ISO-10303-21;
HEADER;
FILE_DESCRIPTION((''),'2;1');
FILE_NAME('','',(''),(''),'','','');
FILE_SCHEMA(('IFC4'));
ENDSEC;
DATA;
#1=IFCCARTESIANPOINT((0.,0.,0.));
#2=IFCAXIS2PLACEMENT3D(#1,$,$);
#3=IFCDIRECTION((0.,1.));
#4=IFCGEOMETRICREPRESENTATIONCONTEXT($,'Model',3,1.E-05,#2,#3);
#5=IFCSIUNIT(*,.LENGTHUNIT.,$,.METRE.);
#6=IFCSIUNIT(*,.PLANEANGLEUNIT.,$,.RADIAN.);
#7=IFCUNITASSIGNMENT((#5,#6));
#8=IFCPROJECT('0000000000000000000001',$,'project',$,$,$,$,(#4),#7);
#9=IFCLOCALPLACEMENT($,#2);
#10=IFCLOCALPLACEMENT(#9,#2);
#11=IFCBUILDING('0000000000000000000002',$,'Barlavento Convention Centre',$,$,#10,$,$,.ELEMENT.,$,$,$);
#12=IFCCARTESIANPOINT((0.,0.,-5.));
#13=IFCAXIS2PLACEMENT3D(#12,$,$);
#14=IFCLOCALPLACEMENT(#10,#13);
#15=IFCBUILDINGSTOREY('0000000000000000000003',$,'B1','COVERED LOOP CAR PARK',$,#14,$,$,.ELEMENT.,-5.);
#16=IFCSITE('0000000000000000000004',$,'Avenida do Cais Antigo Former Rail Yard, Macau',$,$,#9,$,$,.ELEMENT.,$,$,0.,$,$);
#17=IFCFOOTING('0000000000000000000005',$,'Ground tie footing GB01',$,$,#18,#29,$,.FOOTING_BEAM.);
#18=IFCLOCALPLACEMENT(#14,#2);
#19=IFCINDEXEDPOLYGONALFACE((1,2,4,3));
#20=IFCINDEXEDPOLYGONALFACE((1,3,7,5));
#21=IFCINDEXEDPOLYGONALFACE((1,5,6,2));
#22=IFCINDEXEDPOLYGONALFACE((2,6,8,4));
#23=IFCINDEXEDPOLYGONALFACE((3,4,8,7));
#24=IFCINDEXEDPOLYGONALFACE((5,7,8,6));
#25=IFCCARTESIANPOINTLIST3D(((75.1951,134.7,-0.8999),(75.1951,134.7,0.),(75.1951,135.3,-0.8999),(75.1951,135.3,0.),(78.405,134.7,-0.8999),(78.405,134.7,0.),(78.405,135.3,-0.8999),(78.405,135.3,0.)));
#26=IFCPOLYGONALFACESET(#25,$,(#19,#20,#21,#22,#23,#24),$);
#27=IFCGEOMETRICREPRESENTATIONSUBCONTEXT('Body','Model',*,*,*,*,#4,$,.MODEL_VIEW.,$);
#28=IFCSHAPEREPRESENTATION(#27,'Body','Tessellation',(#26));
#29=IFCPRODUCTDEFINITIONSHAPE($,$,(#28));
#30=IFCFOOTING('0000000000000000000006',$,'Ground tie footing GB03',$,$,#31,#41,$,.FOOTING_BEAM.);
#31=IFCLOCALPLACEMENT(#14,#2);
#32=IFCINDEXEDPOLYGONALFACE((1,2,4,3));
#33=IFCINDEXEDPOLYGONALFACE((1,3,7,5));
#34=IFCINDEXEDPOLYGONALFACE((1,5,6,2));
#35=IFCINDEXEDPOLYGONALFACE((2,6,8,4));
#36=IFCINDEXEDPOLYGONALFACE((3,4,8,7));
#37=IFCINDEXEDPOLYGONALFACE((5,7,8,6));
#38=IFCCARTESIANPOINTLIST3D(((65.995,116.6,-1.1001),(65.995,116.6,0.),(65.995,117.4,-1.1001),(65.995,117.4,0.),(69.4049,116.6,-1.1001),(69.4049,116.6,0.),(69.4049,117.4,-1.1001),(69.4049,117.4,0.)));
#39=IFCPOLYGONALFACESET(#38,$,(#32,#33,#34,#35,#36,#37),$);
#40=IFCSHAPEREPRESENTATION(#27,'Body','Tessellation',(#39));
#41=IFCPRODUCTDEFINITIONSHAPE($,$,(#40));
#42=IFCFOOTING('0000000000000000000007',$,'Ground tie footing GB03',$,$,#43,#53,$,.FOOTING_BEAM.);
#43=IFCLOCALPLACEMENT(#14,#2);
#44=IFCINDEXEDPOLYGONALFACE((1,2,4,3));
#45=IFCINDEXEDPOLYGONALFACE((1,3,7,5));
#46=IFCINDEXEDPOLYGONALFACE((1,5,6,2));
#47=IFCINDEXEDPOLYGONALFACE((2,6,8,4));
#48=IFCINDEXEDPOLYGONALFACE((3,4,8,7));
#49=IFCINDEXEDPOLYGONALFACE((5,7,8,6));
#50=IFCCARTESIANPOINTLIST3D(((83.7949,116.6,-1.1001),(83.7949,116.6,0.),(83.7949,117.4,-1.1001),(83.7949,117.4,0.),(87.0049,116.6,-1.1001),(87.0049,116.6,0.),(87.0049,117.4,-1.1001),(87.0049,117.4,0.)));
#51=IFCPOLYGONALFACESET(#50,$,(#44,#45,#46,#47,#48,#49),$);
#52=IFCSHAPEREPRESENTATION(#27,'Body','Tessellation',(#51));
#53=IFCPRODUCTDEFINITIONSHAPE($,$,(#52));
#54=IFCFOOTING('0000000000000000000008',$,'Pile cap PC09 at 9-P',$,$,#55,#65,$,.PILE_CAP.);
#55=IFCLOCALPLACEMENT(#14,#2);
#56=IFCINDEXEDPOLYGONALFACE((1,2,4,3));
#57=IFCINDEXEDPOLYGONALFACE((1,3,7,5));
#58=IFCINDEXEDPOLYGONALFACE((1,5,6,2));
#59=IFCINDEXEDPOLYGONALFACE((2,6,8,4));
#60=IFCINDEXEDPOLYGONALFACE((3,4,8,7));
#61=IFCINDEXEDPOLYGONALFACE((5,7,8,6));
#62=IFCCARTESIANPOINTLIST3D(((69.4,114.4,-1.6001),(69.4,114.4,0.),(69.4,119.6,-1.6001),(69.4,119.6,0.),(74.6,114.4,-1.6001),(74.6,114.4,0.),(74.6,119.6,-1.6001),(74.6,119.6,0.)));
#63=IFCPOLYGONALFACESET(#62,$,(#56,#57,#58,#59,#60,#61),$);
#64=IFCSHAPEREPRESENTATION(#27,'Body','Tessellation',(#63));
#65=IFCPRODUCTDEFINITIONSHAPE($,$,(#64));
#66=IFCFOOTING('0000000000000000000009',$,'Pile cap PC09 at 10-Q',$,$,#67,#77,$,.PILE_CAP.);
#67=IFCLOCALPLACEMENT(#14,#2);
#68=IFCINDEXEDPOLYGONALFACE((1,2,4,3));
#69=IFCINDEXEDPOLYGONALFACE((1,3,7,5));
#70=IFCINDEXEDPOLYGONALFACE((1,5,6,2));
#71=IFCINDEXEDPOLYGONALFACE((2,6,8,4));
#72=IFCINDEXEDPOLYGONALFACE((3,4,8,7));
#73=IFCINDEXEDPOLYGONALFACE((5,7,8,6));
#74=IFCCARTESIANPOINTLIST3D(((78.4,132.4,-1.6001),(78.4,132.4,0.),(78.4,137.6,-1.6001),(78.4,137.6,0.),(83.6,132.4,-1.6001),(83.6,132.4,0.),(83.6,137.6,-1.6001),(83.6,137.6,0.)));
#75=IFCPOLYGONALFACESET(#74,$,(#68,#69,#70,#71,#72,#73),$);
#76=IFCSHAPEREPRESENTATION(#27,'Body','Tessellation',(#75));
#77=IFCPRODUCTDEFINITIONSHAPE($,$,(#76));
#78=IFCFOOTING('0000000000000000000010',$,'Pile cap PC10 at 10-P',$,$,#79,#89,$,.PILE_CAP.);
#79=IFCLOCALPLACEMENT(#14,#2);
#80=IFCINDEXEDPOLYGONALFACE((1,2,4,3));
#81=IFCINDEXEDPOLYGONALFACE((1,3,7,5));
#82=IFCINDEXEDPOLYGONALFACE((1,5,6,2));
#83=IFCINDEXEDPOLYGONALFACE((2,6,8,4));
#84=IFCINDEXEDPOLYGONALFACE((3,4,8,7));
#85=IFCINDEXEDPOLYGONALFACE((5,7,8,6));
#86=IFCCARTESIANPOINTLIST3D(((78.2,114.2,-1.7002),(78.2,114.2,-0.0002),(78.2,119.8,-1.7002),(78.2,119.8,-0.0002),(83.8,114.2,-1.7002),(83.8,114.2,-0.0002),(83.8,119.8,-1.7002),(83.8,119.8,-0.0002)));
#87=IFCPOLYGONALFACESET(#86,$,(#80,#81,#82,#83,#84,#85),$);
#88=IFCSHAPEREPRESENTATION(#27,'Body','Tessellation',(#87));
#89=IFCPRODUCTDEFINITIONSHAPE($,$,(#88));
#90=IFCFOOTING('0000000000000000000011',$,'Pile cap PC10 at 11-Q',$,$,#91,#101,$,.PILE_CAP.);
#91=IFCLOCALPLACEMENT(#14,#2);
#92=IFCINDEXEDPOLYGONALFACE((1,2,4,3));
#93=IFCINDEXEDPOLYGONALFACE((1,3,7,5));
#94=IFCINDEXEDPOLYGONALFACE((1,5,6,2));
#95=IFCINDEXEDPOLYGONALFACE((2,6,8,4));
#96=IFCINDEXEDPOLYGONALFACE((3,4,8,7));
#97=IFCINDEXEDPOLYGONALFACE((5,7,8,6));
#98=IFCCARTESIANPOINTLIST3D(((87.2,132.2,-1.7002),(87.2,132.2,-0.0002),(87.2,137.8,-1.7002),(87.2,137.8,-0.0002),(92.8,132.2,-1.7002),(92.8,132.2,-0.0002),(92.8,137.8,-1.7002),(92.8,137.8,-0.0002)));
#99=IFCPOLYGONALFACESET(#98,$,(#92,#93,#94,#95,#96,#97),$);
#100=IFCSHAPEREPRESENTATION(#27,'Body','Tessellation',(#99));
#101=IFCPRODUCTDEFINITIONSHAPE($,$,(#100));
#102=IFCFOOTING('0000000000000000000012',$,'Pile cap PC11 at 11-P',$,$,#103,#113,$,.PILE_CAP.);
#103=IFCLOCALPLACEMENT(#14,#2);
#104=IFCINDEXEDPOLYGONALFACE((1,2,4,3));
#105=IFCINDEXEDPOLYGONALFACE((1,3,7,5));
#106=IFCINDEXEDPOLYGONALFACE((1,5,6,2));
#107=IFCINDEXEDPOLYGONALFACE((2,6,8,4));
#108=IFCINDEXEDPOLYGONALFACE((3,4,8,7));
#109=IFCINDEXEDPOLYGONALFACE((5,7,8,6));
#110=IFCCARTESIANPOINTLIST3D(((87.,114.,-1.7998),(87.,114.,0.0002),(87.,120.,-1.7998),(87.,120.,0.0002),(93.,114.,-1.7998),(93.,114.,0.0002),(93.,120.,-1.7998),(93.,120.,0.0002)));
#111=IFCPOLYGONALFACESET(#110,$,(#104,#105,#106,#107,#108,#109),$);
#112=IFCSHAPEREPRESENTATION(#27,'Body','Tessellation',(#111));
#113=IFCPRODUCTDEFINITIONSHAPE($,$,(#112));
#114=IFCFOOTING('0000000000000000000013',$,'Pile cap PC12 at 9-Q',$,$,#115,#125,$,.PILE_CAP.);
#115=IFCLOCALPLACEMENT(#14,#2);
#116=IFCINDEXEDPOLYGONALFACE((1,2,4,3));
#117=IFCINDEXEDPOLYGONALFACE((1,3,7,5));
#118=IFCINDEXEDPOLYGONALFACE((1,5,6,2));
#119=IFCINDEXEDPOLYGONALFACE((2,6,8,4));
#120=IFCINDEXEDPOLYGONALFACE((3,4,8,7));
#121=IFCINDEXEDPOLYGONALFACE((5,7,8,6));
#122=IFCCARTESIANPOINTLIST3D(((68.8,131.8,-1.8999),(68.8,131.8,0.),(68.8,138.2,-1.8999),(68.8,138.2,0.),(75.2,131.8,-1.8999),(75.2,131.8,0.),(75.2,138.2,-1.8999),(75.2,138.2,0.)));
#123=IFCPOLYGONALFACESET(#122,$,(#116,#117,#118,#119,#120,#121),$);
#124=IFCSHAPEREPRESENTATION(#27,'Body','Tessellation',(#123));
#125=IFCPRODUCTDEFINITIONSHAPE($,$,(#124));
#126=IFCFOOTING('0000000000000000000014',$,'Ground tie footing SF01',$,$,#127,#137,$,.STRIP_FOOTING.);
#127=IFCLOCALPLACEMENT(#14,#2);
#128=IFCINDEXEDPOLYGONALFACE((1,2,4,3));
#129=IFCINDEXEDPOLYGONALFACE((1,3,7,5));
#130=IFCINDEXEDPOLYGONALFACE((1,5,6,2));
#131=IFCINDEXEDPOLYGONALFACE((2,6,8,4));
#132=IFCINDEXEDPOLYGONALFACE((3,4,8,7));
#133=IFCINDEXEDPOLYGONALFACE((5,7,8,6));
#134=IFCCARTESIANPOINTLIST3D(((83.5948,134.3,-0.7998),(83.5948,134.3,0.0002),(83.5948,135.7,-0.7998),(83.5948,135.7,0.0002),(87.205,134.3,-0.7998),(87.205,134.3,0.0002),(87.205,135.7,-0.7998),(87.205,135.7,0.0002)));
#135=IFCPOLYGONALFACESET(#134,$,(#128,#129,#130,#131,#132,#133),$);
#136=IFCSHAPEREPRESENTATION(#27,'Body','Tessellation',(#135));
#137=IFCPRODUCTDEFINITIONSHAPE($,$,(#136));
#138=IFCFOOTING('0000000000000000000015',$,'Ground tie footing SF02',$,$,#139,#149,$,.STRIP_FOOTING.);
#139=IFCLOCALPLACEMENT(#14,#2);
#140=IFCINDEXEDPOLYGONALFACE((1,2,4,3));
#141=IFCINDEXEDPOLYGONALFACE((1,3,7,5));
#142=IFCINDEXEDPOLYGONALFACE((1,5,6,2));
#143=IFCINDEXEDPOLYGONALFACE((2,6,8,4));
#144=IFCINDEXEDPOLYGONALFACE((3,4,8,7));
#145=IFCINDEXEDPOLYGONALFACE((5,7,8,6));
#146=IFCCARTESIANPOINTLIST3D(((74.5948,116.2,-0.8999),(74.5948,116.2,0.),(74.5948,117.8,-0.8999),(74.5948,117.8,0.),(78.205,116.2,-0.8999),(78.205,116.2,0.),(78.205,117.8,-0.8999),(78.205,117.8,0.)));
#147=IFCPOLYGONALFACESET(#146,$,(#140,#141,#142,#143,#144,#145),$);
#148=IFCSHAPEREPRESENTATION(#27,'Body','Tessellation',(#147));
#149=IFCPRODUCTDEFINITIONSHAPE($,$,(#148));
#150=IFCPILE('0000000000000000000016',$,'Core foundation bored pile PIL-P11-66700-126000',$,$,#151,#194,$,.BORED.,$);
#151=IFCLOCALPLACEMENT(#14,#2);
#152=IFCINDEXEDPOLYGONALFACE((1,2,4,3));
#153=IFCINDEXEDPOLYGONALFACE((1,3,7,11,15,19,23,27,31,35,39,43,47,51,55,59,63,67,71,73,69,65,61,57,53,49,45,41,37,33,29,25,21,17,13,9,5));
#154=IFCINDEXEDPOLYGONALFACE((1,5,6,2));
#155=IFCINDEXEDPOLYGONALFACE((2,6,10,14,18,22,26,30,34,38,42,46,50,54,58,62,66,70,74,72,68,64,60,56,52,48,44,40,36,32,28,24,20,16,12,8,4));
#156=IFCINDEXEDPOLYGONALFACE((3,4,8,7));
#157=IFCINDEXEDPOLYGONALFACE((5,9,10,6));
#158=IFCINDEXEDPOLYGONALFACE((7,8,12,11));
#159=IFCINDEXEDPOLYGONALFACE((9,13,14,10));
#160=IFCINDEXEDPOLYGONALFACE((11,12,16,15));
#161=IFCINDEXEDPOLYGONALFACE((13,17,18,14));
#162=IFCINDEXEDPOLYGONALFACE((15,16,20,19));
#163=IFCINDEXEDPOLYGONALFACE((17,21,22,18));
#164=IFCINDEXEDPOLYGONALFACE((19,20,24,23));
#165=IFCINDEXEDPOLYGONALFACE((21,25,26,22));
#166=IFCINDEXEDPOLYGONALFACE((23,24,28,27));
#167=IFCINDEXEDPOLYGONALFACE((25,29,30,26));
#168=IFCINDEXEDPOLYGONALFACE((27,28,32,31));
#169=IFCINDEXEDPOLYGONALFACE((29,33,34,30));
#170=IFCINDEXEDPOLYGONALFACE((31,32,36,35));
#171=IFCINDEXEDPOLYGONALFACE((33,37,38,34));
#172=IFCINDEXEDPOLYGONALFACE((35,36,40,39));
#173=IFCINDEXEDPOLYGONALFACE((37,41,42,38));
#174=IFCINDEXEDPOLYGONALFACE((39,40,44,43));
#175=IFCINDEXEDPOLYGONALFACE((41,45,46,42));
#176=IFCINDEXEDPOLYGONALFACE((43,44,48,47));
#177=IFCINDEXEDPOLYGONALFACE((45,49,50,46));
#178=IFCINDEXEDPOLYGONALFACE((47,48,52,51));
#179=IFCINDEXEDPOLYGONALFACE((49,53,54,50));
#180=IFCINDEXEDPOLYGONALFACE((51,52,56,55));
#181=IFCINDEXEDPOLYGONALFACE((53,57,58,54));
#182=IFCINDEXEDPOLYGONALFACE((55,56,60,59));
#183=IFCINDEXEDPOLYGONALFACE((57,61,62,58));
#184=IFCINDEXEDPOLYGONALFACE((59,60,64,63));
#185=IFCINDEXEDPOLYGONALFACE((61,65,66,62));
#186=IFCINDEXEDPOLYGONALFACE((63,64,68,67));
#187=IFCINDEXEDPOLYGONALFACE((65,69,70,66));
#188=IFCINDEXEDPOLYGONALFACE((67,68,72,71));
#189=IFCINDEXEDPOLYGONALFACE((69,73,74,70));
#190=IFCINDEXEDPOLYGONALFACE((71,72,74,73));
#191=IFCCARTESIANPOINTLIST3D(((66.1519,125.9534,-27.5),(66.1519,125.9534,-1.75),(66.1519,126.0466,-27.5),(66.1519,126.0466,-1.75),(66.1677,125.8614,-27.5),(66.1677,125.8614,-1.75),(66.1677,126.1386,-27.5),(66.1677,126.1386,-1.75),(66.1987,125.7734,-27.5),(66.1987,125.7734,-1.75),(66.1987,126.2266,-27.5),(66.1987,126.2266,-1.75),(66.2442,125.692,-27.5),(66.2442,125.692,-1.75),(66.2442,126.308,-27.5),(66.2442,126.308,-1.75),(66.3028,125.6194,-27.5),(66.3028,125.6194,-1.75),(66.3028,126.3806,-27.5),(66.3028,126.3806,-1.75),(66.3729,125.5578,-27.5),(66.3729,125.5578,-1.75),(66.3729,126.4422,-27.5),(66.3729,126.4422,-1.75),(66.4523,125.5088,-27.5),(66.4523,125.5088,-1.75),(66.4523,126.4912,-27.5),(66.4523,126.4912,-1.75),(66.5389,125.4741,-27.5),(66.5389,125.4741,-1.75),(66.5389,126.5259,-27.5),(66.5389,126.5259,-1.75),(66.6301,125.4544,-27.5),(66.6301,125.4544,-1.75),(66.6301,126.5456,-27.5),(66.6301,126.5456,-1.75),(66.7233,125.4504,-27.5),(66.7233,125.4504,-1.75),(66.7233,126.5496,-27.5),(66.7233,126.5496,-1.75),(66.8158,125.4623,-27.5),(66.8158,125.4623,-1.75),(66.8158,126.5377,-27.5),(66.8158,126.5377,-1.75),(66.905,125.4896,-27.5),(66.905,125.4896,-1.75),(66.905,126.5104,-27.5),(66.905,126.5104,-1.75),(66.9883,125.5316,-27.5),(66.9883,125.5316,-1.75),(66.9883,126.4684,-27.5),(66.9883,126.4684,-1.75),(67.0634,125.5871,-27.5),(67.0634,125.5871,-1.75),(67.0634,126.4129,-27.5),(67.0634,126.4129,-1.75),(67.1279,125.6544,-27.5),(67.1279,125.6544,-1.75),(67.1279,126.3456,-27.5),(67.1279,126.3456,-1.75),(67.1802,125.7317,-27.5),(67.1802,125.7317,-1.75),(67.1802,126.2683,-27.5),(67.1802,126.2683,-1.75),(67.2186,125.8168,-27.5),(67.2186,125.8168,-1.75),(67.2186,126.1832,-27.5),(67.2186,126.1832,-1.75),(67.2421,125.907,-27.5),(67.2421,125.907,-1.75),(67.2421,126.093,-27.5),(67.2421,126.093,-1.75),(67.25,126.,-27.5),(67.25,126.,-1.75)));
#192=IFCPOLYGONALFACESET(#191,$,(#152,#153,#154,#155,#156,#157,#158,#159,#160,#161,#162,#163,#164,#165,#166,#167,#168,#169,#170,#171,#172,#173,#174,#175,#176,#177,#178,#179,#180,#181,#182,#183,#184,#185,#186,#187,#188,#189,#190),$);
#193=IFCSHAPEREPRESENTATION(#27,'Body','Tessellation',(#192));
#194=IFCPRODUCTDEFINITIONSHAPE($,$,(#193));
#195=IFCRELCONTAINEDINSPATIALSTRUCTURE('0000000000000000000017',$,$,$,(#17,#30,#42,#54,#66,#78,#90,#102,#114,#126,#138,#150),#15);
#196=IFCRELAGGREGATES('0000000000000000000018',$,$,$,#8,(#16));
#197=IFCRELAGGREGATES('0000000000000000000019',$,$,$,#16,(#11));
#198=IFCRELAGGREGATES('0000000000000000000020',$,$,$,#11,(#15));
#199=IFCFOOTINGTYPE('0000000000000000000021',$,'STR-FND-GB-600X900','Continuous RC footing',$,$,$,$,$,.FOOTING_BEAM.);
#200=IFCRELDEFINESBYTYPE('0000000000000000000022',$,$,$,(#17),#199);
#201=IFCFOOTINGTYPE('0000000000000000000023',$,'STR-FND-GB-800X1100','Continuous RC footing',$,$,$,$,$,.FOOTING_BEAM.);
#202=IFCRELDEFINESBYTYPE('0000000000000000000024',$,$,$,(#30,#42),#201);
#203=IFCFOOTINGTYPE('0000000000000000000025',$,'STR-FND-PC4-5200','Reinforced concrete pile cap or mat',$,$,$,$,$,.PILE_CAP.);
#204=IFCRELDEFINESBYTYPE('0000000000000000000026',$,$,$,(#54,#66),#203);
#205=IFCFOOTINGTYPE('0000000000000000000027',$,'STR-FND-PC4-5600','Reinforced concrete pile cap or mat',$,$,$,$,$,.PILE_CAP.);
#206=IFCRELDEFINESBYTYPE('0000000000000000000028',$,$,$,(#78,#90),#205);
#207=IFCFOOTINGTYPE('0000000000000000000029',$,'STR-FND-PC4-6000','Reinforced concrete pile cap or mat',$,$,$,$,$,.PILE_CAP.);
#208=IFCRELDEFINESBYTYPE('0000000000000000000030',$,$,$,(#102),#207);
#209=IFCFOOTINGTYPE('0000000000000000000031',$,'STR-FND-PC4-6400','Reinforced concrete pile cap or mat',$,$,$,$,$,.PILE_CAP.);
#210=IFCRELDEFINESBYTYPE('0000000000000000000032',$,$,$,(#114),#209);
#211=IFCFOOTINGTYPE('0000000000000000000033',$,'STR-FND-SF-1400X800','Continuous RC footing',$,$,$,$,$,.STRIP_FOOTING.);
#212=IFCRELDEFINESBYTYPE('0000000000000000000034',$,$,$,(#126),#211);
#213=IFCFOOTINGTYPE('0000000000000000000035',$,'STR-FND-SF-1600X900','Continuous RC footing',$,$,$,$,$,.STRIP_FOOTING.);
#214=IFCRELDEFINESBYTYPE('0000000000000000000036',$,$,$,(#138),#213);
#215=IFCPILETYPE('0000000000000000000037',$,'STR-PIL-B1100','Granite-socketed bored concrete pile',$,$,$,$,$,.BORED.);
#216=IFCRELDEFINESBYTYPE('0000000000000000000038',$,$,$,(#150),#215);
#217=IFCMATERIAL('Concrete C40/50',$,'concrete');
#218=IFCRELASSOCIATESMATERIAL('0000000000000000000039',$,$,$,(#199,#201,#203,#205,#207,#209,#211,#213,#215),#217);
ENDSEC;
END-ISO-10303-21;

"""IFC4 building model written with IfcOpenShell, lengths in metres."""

from ifc_helpers import new_model, si_unit, direction, frame, origin, origin_2d, place, context, subcontext, project, spatial, rectangle, circle, extrude, material, material_profile, profile_set, type_object, element, save


model = new_model("IFC4")

# Units and contexts
model_context = context("Model", 3, precision=1e-05, world=origin(), true_north=direction((0.0, 1.0)))
body_context = subcontext(model_context, "Body", "Model", "MODEL_VIEW")
ifc_project = project(units=[si_unit("LENGTHUNIT", "METRE"), si_unit("PLANEANGLEUNIT", "RADIAN")], contexts=[model_context])

# Site, building, storey
site_placement = place(None, origin())
site = spatial("IfcSite", under=ifc_project, at=site_placement, Name="Avenida do Cais Antigo Former Rail Yard, Macau", CompositionType="ELEMENT", RefElevation=0.0)
building_placement = place(site_placement, origin())
building = spatial("IfcBuilding", under=site, at=building_placement, Name="Barlavento Convention Centre", CompositionType="ELEMENT")
storey_placement = place(building_placement, frame((0.0, 0.0, -5.0)))
storey = spatial("IfcBuildingStorey", under=building, at=storey_placement, Name="B1", Description="COVERED LOOP CAR PARK", CompositionType="ELEMENT", Elevation=-5.0)

# Footings
ifc_material_1 = material(Name="Concrete C40/50", Category="concrete")
footing_type_1 = type_object("IfcFootingType", Name="STR-FND-GB-600X900", Description="Continuous RC footing", PredefinedType="FOOTING_BEAM", material=ifc_material_1)
footing_1_placement = place(storey_placement, frame((76.8, 135.0, -0.8999), z_axis=(0.0, 0.0, 1.0), x_axis=(1.0, 0.0, 0.0)))
element("IfcFooting", 1, at=footing_1_placement, inside=storey, type_object=footing_type_1, Name="Ground tie footing GB01", PredefinedType="FOOTING_BEAM", context=body_context, shape_type="SweptSolid", body=[
    extrude(rectangle(XDim=3.21, YDim=0.6001, at=origin_2d()), origin(), (0.0, 0.0, 1.0), 0.8999),
])
footing_type_2 = type_object("IfcFootingType", Name="STR-FND-GB-800X1100", Description="Continuous RC footing", PredefinedType="FOOTING_BEAM", material=ifc_material_1)
footing_2_placement = place(storey_placement, frame((67.7, 117.0, -1.1001), z_axis=(0.0, 0.0, 1.0), x_axis=(1.0, 0.0, 0.0)))
element("IfcFooting", 2, at=footing_2_placement, inside=storey, type_object=footing_type_2, Name="Ground tie footing GB03", PredefinedType="FOOTING_BEAM", context=body_context, shape_type="SweptSolid", body=[
    extrude(rectangle(XDim=3.4099, YDim=0.8, at=origin_2d()), origin(), (0.0, 0.0, 1.0), 1.1001),
])
footing_3_placement = place(storey_placement, frame((85.3999, 117.0, -1.1001), z_axis=(0.0, 0.0, 1.0), x_axis=(1.0, 0.0, 0.0)))
element("IfcFooting", 3, at=footing_3_placement, inside=storey, type_object=footing_type_2, Name="Ground tie footing GB03", PredefinedType="FOOTING_BEAM", context=body_context, shape_type="SweptSolid", body=[
    extrude(rectangle(XDim=3.21, YDim=0.8, at=origin_2d()), origin(), (0.0, 0.0, 1.0), 1.1001),
])
footing_type_3 = type_object("IfcFootingType", Name="STR-FND-PC4-5200", Description="Reinforced concrete pile cap or mat", PredefinedType="PILE_CAP", material=ifc_material_1)
for number, where, z_axis, x_axis, name in (
    (4, (72.0, 117.0, -1.6001), (0.0, 0.0, 1.0), (1.0, 0.0, 0.0), "Pile cap PC09 at 9-P"),
    (5, (81.0, 135.0, -1.6001), (0.0, 0.0, 1.0), (1.0, 0.0, 0.0), "Pile cap PC09 at 10-Q"),
):
    element("IfcFooting", number, at=place(storey_placement, frame(where, z_axis=z_axis, x_axis=x_axis)), inside=storey, type_object=footing_type_3, Name=name, PredefinedType="PILE_CAP", context=body_context, shape_type="SweptSolid", body=[
        extrude(rectangle(XDim=5.2, YDim=5.2, at=origin_2d()), origin(), (0.0, 0.0, 1.0), 1.6001),
    ])
footing_type_4 = type_object("IfcFootingType", Name="STR-FND-PC4-5600", Description="Reinforced concrete pile cap or mat", PredefinedType="PILE_CAP", material=ifc_material_1)
for number, where, z_axis, x_axis, name in (
    (6, (81.0, 117.0, -1.7002), (0.0, 0.0, 1.0), (1.0, 0.0, 0.0), "Pile cap PC10 at 10-P"),
    (7, (90.0, 135.0, -1.7002), (0.0, 0.0, 1.0), (1.0, 0.0, 0.0), "Pile cap PC10 at 11-Q"),
):
    element("IfcFooting", number, at=place(storey_placement, frame(where, z_axis=z_axis, x_axis=x_axis)), inside=storey, type_object=footing_type_4, Name=name, PredefinedType="PILE_CAP", context=body_context, shape_type="SweptSolid", body=[
        extrude(rectangle(XDim=5.6001, YDim=5.6001, at=origin_2d()), origin(), (0.0, 0.0, 1.0), 1.7),
    ])
footing_type_5 = type_object("IfcFootingType", Name="STR-FND-PC4-6000", Description="Reinforced concrete pile cap or mat", PredefinedType="PILE_CAP", material=ifc_material_1)
footing_4_placement = place(storey_placement, frame((90.0, 117.0, -1.7998), z_axis=(0.0, 0.0, 1.0), x_axis=(1.0, 0.0, 0.0)))
element("IfcFooting", 8, at=footing_4_placement, inside=storey, type_object=footing_type_5, Name="Pile cap PC11 at 11-P", PredefinedType="PILE_CAP", context=body_context, shape_type="SweptSolid", body=[
    extrude(rectangle(XDim=6.0, YDim=6.0, at=origin_2d()), origin(), (0.0, 0.0, 1.0), 1.8),
])
footing_type_6 = type_object("IfcFootingType", Name="STR-FND-PC4-6400", Description="Reinforced concrete pile cap or mat", PredefinedType="PILE_CAP", material=ifc_material_1)
footing_5_placement = place(storey_placement, frame((72.0, 135.0, -1.8999), z_axis=(0.0, 0.0, 1.0), x_axis=(1.0, 0.0, 0.0)))
element("IfcFooting", 9, at=footing_5_placement, inside=storey, type_object=footing_type_6, Name="Pile cap PC12 at 9-Q", PredefinedType="PILE_CAP", context=body_context, shape_type="SweptSolid", body=[
    extrude(rectangle(XDim=6.3999, YDim=6.3999, at=origin_2d()), origin(), (0.0, 0.0, 1.0), 1.8999),
])
footing_type_7 = type_object("IfcFootingType", Name="STR-FND-SF-1400X800", Description="Continuous RC footing", PredefinedType="STRIP_FOOTING", material=ifc_material_1)
footing_6_placement = place(storey_placement, frame((85.3999, 135.0, -0.7998), z_axis=(0.0, 0.0, 1.0), x_axis=(1.0, 0.0, 0.0)))
element("IfcFooting", 10, at=footing_6_placement, inside=storey, type_object=footing_type_7, Name="Ground tie footing SF01", PredefinedType="STRIP_FOOTING", context=body_context, shape_type="SweptSolid", body=[
    extrude(rectangle(XDim=3.6101, YDim=1.3999, at=origin_2d()), origin(), (0.0, 0.0, 1.0), 0.8),
])
footing_type_8 = type_object("IfcFootingType", Name="STR-FND-SF-1600X900", Description="Continuous RC footing", PredefinedType="STRIP_FOOTING", material=ifc_material_1)
footing_7_placement = place(storey_placement, frame((76.3999, 117.0, -0.8999), z_axis=(0.0, 0.0, 1.0), x_axis=(1.0, 0.0, 0.0)))
element("IfcFooting", 11, at=footing_7_placement, inside=storey, type_object=footing_type_8, Name="Ground tie footing SF02", PredefinedType="STRIP_FOOTING", context=body_context, shape_type="SweptSolid", body=[
    extrude(rectangle(XDim=3.6101, YDim=1.6001, at=origin_2d()), origin(), (0.0, 0.0, 1.0), 0.8999),
])

# Pile
ifc_material_profile_1 = material_profile(ifc_material_1, circle(Radius=0.55, at=origin_2d()), Name="BORED PILE 1100")
ifc_profile_set_1 = profile_set([ifc_material_profile_1], Name="Concrete C40/50")
pile_type_1 = type_object("IfcPileType", Name="STR-PIL-B1100", Description="Granite-socketed bored concrete pile", PredefinedType="BORED", material=ifc_profile_set_1)
for number, where, z_axis, x_axis, name in (
    (12, (66.7, 126.0, -1.75), (0.0, 0.0, -1.0), (1.0, 0.0, 0.0), "Core foundation bored pile PIL-P11-66700-126000"),
):
    element("IfcPile", number, at=place(storey_placement, frame(where, z_axis=z_axis, x_axis=x_axis)), inside=storey, type_object=pile_type_1, Name=name, PredefinedType="BORED", context=body_context, shape_type="SweptSolid", body=[
        extrude(circle(Radius=0.55, at=origin_2d()), origin(), (0.0, 0.0, 1.0), 25.75),
    ])

save(model, "model.ifc")
